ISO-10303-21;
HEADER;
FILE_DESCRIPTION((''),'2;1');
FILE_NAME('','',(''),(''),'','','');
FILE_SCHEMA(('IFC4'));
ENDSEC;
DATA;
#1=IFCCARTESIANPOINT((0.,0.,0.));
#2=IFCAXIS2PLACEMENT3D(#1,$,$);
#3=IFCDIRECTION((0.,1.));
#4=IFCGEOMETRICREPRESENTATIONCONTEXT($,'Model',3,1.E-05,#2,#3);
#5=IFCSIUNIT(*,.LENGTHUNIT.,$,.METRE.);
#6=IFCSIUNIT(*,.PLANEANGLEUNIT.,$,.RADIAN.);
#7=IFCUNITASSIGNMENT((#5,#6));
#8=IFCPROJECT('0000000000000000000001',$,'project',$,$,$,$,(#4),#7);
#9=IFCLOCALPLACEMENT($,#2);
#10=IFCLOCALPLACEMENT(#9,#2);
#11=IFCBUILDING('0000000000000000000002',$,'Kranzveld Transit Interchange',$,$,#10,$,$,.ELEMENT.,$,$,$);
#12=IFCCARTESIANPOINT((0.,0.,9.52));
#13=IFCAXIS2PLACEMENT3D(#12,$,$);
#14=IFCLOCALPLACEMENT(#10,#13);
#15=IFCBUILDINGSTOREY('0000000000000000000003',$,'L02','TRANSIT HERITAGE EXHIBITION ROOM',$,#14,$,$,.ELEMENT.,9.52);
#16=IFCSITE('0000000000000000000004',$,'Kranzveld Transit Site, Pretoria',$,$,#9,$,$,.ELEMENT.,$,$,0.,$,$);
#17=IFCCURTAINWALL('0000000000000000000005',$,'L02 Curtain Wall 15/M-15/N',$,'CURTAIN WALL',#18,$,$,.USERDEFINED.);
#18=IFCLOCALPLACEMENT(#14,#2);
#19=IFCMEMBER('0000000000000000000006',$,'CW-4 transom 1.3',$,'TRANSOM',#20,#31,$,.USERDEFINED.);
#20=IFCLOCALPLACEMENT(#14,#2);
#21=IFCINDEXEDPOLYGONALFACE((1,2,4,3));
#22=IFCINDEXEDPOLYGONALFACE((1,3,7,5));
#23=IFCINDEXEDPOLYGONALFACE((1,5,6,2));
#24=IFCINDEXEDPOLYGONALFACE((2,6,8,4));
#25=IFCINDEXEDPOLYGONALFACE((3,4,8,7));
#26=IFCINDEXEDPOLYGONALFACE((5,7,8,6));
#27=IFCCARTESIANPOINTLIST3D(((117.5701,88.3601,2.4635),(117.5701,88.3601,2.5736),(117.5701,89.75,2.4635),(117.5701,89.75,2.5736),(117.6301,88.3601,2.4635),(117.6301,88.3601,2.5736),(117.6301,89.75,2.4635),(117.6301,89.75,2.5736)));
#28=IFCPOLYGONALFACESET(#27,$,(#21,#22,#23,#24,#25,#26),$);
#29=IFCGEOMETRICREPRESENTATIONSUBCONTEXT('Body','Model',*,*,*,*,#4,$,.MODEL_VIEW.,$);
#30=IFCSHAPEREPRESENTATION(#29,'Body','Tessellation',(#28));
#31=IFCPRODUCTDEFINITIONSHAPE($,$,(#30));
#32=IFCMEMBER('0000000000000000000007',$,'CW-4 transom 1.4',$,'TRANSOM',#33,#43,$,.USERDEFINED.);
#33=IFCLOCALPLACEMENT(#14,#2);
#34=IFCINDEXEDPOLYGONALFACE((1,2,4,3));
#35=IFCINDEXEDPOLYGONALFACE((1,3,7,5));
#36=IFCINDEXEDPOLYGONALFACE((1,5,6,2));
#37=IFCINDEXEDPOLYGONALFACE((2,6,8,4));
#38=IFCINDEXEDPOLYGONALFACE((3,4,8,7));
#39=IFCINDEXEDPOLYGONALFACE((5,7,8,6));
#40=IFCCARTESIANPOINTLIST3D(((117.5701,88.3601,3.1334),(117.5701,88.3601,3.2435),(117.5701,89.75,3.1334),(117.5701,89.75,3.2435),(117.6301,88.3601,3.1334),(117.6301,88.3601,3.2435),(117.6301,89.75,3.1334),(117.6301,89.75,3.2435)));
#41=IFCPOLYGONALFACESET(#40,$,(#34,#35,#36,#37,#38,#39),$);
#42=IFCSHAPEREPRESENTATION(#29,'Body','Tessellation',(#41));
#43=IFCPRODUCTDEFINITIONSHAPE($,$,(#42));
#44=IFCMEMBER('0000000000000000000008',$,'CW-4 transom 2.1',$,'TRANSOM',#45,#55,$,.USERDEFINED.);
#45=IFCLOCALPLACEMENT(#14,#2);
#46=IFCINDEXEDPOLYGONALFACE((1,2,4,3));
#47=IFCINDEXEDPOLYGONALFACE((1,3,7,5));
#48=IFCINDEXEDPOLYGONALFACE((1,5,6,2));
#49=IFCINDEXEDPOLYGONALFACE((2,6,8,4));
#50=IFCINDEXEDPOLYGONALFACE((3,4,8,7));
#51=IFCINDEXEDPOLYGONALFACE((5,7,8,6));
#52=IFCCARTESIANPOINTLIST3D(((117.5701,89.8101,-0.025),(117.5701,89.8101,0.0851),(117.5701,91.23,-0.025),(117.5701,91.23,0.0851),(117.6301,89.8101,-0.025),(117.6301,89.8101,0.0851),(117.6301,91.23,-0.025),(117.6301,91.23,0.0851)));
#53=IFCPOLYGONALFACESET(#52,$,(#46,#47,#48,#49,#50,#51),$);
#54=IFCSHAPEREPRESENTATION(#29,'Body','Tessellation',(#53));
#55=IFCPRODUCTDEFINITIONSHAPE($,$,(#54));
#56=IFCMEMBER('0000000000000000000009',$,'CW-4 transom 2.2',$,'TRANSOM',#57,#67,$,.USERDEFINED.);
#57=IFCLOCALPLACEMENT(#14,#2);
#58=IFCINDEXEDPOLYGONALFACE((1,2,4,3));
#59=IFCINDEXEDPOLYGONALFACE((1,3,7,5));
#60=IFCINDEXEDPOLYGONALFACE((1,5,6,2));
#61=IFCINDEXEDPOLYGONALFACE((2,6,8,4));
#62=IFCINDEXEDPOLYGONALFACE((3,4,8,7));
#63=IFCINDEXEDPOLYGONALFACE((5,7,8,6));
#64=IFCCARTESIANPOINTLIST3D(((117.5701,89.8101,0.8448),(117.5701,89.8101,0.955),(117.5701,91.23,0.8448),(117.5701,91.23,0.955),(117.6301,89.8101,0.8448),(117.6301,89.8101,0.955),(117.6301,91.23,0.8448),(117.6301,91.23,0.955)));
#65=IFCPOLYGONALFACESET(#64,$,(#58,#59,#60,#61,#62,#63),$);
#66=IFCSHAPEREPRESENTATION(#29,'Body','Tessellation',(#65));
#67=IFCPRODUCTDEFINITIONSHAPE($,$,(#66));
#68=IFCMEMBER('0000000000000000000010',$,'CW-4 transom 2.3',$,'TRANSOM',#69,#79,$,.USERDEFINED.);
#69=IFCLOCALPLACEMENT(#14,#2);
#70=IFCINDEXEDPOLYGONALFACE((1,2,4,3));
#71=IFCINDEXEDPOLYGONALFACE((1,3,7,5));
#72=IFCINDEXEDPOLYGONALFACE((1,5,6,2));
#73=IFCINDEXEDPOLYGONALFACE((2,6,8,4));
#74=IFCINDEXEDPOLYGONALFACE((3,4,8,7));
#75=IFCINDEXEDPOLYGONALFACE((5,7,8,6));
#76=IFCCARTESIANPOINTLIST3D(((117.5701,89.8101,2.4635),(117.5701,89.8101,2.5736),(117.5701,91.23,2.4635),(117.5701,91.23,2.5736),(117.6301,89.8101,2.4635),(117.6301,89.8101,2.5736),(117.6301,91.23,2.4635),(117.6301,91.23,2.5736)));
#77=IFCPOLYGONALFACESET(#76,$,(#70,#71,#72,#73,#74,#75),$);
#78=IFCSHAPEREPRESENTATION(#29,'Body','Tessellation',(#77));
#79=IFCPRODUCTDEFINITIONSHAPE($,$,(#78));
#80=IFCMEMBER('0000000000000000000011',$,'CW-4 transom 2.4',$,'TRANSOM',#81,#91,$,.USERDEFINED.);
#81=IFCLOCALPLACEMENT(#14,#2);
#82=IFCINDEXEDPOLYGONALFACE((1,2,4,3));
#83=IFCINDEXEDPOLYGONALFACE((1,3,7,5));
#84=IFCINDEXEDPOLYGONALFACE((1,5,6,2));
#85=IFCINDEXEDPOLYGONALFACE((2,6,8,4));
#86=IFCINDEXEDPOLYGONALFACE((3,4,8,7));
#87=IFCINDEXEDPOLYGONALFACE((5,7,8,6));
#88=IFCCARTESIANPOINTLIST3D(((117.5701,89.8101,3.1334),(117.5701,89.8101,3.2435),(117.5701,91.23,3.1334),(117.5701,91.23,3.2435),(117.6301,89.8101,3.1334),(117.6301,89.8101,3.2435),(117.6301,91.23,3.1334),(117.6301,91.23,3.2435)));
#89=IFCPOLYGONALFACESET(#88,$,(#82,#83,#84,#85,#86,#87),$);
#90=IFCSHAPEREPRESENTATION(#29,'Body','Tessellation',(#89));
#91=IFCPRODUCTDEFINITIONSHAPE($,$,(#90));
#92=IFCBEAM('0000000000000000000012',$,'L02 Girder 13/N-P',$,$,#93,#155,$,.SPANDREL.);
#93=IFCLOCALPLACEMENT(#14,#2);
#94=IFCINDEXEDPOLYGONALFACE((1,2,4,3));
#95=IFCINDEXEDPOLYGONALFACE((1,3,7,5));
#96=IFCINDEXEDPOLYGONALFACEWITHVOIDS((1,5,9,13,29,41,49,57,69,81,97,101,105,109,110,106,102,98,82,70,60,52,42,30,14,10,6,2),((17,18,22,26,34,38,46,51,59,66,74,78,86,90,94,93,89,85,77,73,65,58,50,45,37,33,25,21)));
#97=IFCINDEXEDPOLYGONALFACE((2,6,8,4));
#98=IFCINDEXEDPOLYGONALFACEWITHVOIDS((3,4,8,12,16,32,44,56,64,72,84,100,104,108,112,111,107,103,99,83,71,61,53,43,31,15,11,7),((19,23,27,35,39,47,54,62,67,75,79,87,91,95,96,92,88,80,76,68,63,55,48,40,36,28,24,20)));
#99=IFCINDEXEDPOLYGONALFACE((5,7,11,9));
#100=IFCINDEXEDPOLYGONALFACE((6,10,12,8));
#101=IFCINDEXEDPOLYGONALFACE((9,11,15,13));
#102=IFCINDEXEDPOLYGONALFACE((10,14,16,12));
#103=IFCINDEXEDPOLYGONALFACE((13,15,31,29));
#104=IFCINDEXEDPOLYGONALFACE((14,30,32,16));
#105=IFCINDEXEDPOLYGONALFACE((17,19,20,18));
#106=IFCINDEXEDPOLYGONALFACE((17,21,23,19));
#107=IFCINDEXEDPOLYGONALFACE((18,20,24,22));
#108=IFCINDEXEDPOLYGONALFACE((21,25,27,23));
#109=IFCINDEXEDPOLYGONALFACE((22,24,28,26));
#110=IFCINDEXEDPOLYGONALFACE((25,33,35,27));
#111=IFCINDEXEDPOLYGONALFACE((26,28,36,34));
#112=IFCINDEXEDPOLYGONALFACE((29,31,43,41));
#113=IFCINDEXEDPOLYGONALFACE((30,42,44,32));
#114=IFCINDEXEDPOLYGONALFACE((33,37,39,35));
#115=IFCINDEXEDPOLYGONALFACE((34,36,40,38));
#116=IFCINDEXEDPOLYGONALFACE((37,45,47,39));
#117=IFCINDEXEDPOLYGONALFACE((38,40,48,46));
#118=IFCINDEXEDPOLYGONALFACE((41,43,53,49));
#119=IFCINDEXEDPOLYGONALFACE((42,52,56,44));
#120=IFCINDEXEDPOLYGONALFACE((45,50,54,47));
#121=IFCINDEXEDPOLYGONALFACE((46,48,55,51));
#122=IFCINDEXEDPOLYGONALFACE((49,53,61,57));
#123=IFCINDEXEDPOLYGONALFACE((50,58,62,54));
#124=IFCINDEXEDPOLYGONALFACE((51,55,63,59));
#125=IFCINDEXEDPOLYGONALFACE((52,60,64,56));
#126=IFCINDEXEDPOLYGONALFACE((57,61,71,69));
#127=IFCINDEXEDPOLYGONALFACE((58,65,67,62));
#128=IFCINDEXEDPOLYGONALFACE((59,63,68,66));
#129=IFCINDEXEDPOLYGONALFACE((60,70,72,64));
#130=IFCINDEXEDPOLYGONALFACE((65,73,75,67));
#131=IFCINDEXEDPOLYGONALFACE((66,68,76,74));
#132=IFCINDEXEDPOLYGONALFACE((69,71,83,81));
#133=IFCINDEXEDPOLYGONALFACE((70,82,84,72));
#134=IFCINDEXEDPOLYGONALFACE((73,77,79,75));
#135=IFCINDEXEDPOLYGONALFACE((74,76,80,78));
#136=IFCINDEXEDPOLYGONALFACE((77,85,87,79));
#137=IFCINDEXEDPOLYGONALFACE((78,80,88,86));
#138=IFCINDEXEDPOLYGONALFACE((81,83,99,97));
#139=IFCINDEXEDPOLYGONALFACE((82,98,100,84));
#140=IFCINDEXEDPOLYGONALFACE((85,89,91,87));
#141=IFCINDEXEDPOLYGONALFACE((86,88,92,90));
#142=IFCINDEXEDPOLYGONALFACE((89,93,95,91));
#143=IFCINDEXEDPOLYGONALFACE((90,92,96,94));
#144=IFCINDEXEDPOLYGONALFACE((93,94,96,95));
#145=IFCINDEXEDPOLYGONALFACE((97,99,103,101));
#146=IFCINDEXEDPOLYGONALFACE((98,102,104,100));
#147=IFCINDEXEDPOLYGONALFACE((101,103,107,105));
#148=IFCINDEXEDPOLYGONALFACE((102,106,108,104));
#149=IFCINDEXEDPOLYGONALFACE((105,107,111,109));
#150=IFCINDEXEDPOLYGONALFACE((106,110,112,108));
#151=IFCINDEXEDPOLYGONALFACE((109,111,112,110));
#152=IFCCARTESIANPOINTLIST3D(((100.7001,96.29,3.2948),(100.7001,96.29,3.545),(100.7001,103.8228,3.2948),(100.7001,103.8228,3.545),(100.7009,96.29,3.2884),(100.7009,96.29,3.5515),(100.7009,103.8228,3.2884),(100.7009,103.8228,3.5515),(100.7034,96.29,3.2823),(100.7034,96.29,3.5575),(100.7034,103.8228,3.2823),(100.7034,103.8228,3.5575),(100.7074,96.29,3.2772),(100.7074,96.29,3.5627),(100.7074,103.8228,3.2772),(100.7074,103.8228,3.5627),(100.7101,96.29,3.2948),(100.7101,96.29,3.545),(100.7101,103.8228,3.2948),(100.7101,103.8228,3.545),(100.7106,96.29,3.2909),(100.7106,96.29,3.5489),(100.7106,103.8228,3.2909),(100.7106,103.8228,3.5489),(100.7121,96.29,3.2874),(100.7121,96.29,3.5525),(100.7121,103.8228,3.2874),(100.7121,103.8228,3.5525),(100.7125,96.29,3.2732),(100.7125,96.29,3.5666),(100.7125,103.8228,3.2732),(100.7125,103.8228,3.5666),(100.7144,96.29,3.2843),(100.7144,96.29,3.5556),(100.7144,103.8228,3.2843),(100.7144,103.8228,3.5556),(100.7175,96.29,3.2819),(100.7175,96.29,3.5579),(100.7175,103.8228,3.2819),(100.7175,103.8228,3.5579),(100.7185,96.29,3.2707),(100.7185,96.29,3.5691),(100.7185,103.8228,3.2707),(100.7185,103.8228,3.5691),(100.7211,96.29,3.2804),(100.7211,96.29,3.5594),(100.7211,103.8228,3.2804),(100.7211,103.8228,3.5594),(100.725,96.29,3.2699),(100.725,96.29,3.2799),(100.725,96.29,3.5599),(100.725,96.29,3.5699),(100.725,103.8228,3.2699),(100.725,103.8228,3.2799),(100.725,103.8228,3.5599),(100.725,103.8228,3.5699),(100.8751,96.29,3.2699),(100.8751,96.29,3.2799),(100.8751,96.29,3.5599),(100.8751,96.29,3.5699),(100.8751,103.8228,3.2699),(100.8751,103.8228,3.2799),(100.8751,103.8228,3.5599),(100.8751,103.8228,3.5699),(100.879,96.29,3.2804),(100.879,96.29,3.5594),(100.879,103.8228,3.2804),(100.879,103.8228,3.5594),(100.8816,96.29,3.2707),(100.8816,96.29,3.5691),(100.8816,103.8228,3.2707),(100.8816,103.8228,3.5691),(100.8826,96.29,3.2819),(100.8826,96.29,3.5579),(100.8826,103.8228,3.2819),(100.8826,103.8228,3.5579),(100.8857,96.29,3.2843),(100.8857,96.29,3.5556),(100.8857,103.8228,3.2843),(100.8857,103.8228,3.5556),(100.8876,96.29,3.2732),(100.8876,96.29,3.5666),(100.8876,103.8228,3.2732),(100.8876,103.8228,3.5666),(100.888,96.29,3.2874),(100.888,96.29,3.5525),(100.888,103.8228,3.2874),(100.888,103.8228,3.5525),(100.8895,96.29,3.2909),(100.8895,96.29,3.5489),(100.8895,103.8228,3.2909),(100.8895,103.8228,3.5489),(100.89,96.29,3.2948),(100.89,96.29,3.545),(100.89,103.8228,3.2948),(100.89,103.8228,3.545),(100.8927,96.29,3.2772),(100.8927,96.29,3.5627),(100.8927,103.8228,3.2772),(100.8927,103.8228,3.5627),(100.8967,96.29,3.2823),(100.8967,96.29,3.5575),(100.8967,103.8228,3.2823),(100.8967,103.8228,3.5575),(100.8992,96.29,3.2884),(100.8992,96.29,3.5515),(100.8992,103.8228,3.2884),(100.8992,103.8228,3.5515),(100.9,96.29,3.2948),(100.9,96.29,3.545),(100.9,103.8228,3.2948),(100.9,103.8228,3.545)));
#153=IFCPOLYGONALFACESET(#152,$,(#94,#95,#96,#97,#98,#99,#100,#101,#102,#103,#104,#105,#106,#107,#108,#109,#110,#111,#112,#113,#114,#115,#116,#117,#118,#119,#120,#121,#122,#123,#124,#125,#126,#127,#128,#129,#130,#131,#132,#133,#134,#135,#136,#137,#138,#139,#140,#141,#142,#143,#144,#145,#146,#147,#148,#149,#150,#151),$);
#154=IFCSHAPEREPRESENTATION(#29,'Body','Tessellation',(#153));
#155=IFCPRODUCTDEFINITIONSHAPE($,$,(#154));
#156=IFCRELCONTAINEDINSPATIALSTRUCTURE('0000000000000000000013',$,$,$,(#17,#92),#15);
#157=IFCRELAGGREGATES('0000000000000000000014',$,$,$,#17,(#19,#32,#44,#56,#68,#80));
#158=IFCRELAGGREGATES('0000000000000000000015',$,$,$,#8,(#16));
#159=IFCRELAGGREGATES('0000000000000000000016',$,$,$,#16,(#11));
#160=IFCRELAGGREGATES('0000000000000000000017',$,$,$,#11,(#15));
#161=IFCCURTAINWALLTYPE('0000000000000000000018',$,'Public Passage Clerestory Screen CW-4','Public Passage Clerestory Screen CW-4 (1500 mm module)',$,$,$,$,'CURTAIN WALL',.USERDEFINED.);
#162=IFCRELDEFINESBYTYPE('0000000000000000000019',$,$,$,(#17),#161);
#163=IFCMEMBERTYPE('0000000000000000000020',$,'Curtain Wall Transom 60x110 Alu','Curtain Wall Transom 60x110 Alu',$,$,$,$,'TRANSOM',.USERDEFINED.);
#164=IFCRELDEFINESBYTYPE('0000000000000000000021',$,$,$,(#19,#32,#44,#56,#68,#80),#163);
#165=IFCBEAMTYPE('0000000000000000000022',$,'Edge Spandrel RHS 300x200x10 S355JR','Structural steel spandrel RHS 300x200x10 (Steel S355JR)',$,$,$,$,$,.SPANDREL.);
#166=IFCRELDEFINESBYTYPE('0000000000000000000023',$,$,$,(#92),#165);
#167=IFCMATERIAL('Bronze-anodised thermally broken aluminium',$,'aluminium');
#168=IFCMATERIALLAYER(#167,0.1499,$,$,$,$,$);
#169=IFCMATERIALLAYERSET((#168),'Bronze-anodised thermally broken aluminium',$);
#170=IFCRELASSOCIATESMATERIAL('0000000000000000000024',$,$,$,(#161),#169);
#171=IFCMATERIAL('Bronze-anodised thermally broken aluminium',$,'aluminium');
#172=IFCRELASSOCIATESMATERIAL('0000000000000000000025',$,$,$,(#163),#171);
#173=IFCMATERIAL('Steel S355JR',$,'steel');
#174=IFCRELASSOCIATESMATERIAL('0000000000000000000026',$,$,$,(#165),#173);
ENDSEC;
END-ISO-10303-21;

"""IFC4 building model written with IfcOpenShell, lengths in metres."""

from ifc_helpers import new_model, si_unit, direction, frame, origin, origin_2d, place, context, subcontext, project, spatial, rectangle, hollow_rectangle, extrude, material, layer, layer_set, material_profile, profile_set, type_object, element, aggregate, save


model = new_model("IFC4")

# Units and contexts
model_context = context("Model", 3, precision=1e-05, world=origin(), true_north=direction((0.0, 1.0)))
body_context = subcontext(model_context, "Body", "Model", "MODEL_VIEW")
ifc_project = project(units=[si_unit("LENGTHUNIT", "METRE"), si_unit("PLANEANGLEUNIT", "RADIAN")], contexts=[model_context])

# Site, building, storey
site_placement = place(None, origin())
site = spatial("IfcSite", under=ifc_project, at=site_placement, Name="Kranzveld Transit Site, Pretoria", CompositionType="ELEMENT", RefElevation=0.0)
building_placement = place(site_placement, origin())
building = spatial("IfcBuilding", under=site, at=building_placement, Name="Kranzveld Transit Interchange", CompositionType="ELEMENT")
storey_placement = place(building_placement, frame((0.0, 0.0, 9.52)))
storey = spatial("IfcBuildingStorey", under=building, at=storey_placement, Name="L02", Description="TRANSIT HERITAGE EXHIBITION ROOM", CompositionType="ELEMENT", Elevation=9.52)

# Curtain wall
ifc_material_1 = material(Name="Bronze-anodised thermally broken aluminium", Category="aluminium")
ifc_layer_1 = layer(ifc_material_1, 0.1499)
ifc_layer_set_1 = layer_set([ifc_layer_1], Name="Bronze-anodised thermally broken aluminium")
curtain_wall_type_1 = type_object("IfcCurtainWallType", Name="Public Passage Clerestory Screen CW-4", Description="Public Passage Clerestory Screen CW-4 (1500 mm module)", ElementType="CURTAIN WALL", PredefinedType="USERDEFINED", material=ifc_layer_set_1)
curtain_wall_1_placement = place(storey_placement, origin())
curtain_wall_1 = element("IfcCurtainWall", 1, at=curtain_wall_1_placement, inside=storey, type_object=curtain_wall_type_1, Name="L02 Curtain Wall 15/M-15/N", ObjectType="CURTAIN WALL", PredefinedType="USERDEFINED")

# Members
ifc_material_2 = material(Name="Bronze-anodised thermally broken aluminium", Category="aluminium")
ifc_material_profile_1 = material_profile(ifc_material_2, rectangle(XDim=0.0601, YDim=0.1101, at=origin_2d()), Name="ALU TRANSOM 60x110")
ifc_profile_set_1 = profile_set([ifc_material_profile_1], Name="Bronze-anodised thermally broken aluminium")
member_type_1 = type_object("IfcMemberType", Name="Curtain Wall Transom 60x110 Alu", Description="Curtain Wall Transom 60x110 Alu", ElementType="TRANSOM", PredefinedType="USERDEFINED", material=ifc_profile_set_1)
member_1_placement = place(storey_placement, frame((117.6001, 88.3601, 2.5186), z_axis=(0.0, 1.0, 0.0), x_axis=(-1.0, 0.0, 0.0)))
member_1 = element("IfcMember", 2, at=member_1_placement, type_object=member_type_1, Name="CW-4 transom 1.3", ObjectType="TRANSOM", PredefinedType="USERDEFINED", context=body_context, shape_type="SweptSolid", body=[
    extrude(rectangle(XDim=0.0601, YDim=0.1101, at=origin_2d()), origin(), (0.0, 0.0, 1.0), 1.3899),
])
member_2_placement = place(storey_placement, frame((117.6001, 88.3601, 3.1885), z_axis=(0.0, 1.0, 0.0), x_axis=(-1.0, 0.0, 0.0)))
member_2 = element("IfcMember", 3, at=member_2_placement, type_object=member_type_1, Name="CW-4 transom 1.4", ObjectType="TRANSOM", PredefinedType="USERDEFINED", context=body_context, shape_type="SweptSolid", body=[
    extrude(rectangle(XDim=0.0601, YDim=0.1101, at=origin_2d()), origin(), (0.0, 0.0, 1.0), 1.3899),
])
member_3_placement = place(storey_placement, frame((117.6001, 89.8101, 0.03), z_axis=(0.0, 1.0, 0.0), x_axis=(-1.0, 0.0, 0.0)))
member_3 = element("IfcMember", 4, at=member_3_placement, type_object=member_type_1, Name="CW-4 transom 2.1", ObjectType="TRANSOM", PredefinedType="USERDEFINED", context=body_context, shape_type="SweptSolid", body=[
    extrude(rectangle(XDim=0.0601, YDim=0.1101, at=origin_2d()), origin(), (0.0, 0.0, 1.0), 1.4199),
])
member_4_placement = place(storey_placement, frame((117.6001, 89.8101, 0.8999), z_axis=(0.0, 1.0, 0.0), x_axis=(-1.0, 0.0, 0.0)))
member_4 = element("IfcMember", 5, at=member_4_placement, type_object=member_type_1, Name="CW-4 transom 2.2", ObjectType="TRANSOM", PredefinedType="USERDEFINED", context=body_context, shape_type="SweptSolid", body=[
    extrude(rectangle(XDim=0.0601, YDim=0.1101, at=origin_2d()), origin(), (0.0, 0.0, 1.0), 1.4199),
])
member_5_placement = place(storey_placement, frame((117.6001, 89.8101, 2.5186), z_axis=(0.0, 1.0, 0.0), x_axis=(-1.0, 0.0, 0.0)))
member_5 = element("IfcMember", 6, at=member_5_placement, type_object=member_type_1, Name="CW-4 transom 2.3", ObjectType="TRANSOM", PredefinedType="USERDEFINED", context=body_context, shape_type="SweptSolid", body=[
    extrude(rectangle(XDim=0.0601, YDim=0.1101, at=origin_2d()), origin(), (0.0, 0.0, 1.0), 1.4199),
])
member_6_placement = place(storey_placement, frame((117.6001, 89.8101, 3.1885), z_axis=(0.0, 1.0, 0.0), x_axis=(-1.0, 0.0, 0.0)))
member_6 = element("IfcMember", 7, at=member_6_placement, type_object=member_type_1, Name="CW-4 transom 2.4", ObjectType="TRANSOM", PredefinedType="USERDEFINED", context=body_context, shape_type="SweptSolid", body=[
    extrude(rectangle(XDim=0.0601, YDim=0.1101, at=origin_2d()), origin(), (0.0, 0.0, 1.0), 1.4199),
])

# Beam
ifc_material_3 = material(Name="Steel S355JR", Category="steel")
ifc_material_profile_2 = material_profile(ifc_material_3, hollow_rectangle(XDim=0.2, YDim=0.3, WallThickness=0.01, InnerFilletRadius=0.0149, OuterFilletRadius=0.0249, at=origin_2d()), Name="RHS 300x200x10")
ifc_profile_set_2 = profile_set([ifc_material_profile_2], Name="Steel S355JR")
beam_type_1 = type_object("IfcBeamType", Name="Edge Spandrel RHS 300x200x10 S355JR", Description="Structural steel spandrel RHS 300x200x10 (Steel S355JR)", PredefinedType="SPANDREL", material=ifc_profile_set_2)
beam_1_placement = place(storey_placement, frame((100.8, 96.29, 3.4199), z_axis=(0.0, 1.0, 0.0), x_axis=(-1.0, 0.0, 0.0)))
element("IfcBeam", 8, at=beam_1_placement, inside=storey, type_object=beam_type_1, Name="L02 Girder 13/N-P", PredefinedType="SPANDREL", context=body_context, shape_type="SweptSolid", body=[
    extrude(hollow_rectangle(XDim=0.2, YDim=0.3, WallThickness=0.01, InnerFilletRadius=0.0149, OuterFilletRadius=0.0249, at=origin_2d()), origin(), (0.0, 0.0, 1.0), 7.5327),
])

aggregate(curtain_wall_1, [member_1, member_2, member_3, member_4, member_5, member_6])

save(model, "model.ifc")
